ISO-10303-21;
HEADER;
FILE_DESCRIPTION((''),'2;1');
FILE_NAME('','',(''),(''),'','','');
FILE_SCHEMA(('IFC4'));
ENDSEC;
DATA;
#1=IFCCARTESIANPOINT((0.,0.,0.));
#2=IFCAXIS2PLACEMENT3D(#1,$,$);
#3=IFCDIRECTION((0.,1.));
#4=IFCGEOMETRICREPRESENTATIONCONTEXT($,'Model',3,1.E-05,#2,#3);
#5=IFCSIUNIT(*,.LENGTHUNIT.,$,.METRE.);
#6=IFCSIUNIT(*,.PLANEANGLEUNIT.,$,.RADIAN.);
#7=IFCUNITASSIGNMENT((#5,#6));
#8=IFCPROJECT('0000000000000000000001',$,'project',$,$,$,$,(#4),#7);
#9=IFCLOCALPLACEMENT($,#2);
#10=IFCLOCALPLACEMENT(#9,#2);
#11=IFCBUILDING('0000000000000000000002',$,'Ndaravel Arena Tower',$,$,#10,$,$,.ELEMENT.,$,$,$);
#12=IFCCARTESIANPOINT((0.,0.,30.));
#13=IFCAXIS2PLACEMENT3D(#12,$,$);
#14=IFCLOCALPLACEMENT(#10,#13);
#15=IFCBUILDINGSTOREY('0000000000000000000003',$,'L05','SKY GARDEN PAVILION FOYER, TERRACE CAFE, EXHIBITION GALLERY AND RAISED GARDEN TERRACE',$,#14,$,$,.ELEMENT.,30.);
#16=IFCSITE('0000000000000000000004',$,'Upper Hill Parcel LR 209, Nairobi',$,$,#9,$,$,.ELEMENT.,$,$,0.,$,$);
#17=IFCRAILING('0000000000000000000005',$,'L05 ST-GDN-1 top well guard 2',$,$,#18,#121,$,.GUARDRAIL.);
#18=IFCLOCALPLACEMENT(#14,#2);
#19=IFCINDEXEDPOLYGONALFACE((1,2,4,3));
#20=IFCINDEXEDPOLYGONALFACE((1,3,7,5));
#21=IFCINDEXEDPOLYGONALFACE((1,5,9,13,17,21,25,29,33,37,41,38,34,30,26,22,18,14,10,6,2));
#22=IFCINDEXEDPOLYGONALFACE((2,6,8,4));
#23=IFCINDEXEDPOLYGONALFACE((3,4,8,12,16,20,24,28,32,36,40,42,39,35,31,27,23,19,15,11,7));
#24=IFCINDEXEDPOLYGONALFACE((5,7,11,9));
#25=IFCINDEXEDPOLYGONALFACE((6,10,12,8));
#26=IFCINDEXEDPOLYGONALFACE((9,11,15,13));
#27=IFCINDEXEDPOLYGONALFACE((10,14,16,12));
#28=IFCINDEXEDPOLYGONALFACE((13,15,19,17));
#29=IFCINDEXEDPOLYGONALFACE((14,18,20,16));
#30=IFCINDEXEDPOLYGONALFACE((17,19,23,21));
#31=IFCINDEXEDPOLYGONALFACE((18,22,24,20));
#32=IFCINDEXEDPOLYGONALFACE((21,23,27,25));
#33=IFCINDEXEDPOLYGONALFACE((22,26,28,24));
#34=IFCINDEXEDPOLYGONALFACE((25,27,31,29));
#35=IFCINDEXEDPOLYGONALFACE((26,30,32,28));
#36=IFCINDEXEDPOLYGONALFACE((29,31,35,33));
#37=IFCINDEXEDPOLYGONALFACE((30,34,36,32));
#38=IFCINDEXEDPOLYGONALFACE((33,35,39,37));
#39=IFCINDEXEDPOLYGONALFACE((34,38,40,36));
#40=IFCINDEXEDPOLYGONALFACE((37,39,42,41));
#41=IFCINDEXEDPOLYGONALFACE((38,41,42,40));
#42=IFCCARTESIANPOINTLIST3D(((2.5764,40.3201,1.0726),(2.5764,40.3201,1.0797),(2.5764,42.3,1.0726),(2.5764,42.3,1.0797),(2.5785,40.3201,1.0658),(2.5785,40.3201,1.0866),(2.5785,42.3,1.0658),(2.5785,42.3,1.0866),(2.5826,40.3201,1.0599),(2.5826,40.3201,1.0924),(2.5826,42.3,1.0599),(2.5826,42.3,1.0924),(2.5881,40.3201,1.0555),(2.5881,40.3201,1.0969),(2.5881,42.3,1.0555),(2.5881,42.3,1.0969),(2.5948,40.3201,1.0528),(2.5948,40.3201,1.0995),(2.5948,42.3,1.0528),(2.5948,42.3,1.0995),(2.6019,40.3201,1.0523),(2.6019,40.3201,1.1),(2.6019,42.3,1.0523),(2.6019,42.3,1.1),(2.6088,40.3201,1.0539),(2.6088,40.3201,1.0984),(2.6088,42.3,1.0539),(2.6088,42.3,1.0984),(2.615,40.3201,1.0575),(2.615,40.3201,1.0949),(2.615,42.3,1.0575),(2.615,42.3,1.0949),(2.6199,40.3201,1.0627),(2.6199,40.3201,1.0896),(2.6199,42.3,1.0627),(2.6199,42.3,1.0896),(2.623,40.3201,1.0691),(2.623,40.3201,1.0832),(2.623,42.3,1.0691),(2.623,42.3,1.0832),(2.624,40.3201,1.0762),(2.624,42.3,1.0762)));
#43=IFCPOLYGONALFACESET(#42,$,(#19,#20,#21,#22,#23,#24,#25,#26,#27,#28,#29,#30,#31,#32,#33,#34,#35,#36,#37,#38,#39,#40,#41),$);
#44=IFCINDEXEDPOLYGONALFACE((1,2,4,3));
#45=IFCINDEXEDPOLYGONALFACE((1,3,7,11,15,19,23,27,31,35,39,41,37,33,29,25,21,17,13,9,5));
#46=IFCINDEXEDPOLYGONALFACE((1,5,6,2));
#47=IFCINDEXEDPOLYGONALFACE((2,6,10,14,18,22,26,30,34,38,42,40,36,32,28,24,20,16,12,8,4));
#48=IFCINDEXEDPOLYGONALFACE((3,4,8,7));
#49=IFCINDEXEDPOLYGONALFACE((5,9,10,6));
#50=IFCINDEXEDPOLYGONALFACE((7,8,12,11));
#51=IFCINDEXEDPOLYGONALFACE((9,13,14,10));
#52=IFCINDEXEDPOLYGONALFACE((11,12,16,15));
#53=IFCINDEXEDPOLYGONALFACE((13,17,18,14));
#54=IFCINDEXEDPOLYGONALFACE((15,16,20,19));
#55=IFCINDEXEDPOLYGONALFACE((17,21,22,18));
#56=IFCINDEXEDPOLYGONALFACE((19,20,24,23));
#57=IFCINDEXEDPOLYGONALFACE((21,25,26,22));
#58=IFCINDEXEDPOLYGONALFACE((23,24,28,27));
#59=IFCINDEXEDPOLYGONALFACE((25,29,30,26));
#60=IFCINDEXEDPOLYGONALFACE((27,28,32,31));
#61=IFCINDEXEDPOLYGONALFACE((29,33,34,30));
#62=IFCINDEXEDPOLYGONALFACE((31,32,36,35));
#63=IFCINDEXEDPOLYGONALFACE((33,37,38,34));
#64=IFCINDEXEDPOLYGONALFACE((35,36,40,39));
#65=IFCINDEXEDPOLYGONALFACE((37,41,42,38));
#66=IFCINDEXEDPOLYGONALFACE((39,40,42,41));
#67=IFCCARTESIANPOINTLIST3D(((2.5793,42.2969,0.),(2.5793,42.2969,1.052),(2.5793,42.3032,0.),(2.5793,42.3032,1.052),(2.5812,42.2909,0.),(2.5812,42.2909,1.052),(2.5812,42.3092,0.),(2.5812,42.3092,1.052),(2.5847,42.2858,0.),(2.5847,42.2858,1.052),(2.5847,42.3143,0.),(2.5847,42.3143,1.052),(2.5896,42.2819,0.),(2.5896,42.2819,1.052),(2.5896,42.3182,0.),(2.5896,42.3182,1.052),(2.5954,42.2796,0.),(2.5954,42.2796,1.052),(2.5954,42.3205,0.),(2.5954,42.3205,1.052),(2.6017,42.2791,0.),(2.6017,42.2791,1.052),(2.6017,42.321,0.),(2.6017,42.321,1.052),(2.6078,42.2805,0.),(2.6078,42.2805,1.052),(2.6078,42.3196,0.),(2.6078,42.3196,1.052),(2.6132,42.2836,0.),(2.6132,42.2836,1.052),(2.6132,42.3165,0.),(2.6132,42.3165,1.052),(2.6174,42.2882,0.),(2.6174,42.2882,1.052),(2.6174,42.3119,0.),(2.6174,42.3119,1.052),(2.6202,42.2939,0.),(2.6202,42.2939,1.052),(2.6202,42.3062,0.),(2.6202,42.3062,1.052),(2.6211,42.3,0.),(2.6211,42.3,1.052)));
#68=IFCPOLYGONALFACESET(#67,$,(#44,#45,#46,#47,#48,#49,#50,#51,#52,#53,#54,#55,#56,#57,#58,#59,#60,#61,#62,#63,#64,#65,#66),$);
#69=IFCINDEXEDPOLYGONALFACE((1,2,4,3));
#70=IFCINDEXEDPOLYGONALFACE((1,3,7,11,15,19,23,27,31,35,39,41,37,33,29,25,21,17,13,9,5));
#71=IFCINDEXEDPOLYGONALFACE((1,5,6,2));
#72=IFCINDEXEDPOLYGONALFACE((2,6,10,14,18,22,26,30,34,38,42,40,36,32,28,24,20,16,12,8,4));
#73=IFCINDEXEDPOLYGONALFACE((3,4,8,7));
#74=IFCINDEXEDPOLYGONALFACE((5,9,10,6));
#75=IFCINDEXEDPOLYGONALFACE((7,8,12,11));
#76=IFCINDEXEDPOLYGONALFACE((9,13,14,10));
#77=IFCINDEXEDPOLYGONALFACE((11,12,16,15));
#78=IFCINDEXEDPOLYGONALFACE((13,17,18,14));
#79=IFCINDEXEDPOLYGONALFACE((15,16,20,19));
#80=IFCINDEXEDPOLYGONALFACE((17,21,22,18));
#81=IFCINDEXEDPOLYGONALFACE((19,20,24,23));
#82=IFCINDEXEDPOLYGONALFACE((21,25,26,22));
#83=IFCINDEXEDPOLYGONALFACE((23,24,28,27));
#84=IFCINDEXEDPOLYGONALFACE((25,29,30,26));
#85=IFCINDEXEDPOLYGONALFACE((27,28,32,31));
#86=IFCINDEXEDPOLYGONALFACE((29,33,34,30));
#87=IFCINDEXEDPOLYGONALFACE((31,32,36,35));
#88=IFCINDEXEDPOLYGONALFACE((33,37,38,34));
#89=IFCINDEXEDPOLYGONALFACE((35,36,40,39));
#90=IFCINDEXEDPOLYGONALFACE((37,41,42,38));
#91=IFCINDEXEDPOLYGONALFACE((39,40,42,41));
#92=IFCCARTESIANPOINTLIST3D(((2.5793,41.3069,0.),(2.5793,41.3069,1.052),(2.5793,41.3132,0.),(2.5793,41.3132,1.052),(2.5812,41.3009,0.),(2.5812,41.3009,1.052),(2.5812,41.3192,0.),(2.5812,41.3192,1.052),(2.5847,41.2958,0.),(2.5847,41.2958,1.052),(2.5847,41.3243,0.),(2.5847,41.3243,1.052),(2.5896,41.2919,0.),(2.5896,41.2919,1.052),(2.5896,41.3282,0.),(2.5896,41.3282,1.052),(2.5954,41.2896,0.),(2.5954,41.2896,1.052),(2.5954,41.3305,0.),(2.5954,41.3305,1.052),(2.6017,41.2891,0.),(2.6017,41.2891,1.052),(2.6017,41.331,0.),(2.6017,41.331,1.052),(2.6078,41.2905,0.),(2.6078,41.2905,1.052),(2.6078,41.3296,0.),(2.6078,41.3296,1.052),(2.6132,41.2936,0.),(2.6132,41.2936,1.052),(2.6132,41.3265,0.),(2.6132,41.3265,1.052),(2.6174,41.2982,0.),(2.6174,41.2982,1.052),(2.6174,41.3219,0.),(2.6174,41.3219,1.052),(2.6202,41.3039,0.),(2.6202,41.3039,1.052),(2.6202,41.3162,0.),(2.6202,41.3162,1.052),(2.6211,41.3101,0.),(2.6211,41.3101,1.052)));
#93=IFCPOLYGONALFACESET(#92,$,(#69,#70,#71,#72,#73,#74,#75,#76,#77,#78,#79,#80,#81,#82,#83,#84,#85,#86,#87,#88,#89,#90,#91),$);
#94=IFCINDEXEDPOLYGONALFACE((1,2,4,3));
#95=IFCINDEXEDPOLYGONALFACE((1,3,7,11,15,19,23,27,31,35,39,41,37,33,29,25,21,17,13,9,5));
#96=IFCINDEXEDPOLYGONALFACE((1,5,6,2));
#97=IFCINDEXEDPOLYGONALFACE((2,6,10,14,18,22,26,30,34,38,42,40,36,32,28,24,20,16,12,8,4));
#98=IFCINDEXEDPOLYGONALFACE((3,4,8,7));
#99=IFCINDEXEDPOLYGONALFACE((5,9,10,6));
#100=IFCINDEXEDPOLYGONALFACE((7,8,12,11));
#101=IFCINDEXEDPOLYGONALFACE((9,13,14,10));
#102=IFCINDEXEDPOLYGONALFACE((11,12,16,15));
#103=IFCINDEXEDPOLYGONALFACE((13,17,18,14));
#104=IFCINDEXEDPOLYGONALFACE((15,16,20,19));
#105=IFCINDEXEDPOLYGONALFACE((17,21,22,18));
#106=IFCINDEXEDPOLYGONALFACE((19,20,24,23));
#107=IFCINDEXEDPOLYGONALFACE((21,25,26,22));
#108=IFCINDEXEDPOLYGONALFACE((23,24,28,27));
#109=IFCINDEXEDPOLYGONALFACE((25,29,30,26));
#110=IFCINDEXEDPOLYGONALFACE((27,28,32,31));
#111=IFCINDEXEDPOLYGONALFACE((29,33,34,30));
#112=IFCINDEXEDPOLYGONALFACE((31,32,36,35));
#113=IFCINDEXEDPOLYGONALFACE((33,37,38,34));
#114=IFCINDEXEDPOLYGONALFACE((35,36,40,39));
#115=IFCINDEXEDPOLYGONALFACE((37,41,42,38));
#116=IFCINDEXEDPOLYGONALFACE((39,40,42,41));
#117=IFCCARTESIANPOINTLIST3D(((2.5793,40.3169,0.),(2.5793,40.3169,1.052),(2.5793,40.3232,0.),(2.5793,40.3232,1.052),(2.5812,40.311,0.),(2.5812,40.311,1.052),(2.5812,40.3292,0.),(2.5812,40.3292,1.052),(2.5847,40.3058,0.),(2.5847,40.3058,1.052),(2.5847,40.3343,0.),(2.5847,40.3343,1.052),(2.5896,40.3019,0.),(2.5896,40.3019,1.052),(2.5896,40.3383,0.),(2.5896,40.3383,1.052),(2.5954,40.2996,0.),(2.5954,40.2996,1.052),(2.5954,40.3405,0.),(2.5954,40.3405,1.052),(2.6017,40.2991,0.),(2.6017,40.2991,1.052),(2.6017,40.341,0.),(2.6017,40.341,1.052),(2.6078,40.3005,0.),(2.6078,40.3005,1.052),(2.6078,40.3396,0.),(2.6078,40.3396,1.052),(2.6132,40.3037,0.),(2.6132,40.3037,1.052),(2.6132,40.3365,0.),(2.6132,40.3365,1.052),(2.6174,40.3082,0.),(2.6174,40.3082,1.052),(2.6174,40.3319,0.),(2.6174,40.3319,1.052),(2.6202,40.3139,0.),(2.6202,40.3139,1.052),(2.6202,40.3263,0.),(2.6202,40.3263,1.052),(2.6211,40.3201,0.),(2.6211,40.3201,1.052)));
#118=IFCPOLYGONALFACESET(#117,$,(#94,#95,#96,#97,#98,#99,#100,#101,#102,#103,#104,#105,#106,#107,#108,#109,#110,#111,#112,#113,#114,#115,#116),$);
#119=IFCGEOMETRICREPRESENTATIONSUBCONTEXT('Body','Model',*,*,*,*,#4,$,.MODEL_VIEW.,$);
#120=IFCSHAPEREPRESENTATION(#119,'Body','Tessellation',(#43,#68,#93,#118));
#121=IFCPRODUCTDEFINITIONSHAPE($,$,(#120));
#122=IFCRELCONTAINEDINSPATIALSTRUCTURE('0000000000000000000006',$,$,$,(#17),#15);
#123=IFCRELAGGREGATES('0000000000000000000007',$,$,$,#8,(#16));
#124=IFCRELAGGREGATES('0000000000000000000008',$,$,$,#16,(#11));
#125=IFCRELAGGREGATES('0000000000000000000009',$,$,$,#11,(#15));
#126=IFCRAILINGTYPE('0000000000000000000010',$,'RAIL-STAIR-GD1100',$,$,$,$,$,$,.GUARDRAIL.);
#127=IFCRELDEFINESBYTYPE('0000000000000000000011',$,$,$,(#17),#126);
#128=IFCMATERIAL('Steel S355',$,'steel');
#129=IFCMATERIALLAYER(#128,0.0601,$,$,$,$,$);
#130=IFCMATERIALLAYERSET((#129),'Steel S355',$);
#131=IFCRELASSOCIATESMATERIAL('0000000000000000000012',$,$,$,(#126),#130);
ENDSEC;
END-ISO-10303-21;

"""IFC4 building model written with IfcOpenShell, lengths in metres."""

from ifc_helpers import new_model, si_unit, direction, frame, origin, origin_2d, place, context, subcontext, project, spatial, circle, extrude, material, layer, layer_set, type_object, element, save


model = new_model("IFC4")

# Units and contexts
model_context = context("Model", 3, precision=1e-05, world=origin(), true_north=direction((0.0, 1.0)))
body_context = subcontext(model_context, "Body", "Model", "MODEL_VIEW")
ifc_project = project(units=[si_unit("LENGTHUNIT", "METRE"), si_unit("PLANEANGLEUNIT", "RADIAN")], contexts=[model_context])

# Site, building, storey
site_placement = place(None, origin())
site = spatial("IfcSite", under=ifc_project, at=site_placement, Name="Upper Hill Parcel LR 209, Nairobi", CompositionType="ELEMENT", RefElevation=0.0)
building_placement = place(site_placement, origin())
building = spatial("IfcBuilding", under=site, at=building_placement, Name="Ndaravel Arena Tower", CompositionType="ELEMENT")
storey_placement = place(building_placement, frame((0.0, 0.0, 30.0)))
storey = spatial("IfcBuildingStorey", under=building, at=storey_placement, Name="L05", Description="SKY GARDEN PAVILION FOYER, TERRACE CAFE, EXHIBITION GALLERY AND RAISED GARDEN TERRACE", CompositionType="ELEMENT", Elevation=30.0)

# Railing
ifc_material_1 = material(Name="Steel S355", Category="steel")
ifc_layer_1 = layer(ifc_material_1, 0.0601)
ifc_layer_set_1 = layer_set([ifc_layer_1], Name="Steel S355")
railing_type_1 = type_object("IfcRailingType", Name="RAIL-STAIR-GD1100", PredefinedType="GUARDRAIL", material=ifc_layer_set_1)
for number, where, name in (
    (1, (2.6001, 42.3, 0.0), "L05 ST-GDN-1 top well guard 2"),
):
    element("IfcRailing", number, at=place(storey_placement, frame(where)), inside=storey, type_object=railing_type_1, Name=name, PredefinedType="GUARDRAIL", context=body_context, shape_type="SweptSolid", body=[
        extrude(circle(Radius=0.0239, at=origin_2d()), frame((0.0, 0.0, 1.0762), z_axis=(0.0, -1.0, 0.0), x_axis=(1.0, 0.0, 0.0)), (0.0, 0.0, 1.0), 1.98),
        extrude(circle(Radius=0.021, at=origin_2d()), origin(), (0.0, 0.0, 1.0), 1.052),
        extrude(circle(Radius=0.021, at=origin_2d()), frame((0.0, -0.99, 0.0)), (0.0, 0.0, 1.0), 1.052),
        extrude(circle(Radius=0.021, at=origin_2d()), frame((0.0, -1.98, 0.0)), (0.0, 0.0, 1.0), 1.052),
    ])

save(model, "model.ifc")
